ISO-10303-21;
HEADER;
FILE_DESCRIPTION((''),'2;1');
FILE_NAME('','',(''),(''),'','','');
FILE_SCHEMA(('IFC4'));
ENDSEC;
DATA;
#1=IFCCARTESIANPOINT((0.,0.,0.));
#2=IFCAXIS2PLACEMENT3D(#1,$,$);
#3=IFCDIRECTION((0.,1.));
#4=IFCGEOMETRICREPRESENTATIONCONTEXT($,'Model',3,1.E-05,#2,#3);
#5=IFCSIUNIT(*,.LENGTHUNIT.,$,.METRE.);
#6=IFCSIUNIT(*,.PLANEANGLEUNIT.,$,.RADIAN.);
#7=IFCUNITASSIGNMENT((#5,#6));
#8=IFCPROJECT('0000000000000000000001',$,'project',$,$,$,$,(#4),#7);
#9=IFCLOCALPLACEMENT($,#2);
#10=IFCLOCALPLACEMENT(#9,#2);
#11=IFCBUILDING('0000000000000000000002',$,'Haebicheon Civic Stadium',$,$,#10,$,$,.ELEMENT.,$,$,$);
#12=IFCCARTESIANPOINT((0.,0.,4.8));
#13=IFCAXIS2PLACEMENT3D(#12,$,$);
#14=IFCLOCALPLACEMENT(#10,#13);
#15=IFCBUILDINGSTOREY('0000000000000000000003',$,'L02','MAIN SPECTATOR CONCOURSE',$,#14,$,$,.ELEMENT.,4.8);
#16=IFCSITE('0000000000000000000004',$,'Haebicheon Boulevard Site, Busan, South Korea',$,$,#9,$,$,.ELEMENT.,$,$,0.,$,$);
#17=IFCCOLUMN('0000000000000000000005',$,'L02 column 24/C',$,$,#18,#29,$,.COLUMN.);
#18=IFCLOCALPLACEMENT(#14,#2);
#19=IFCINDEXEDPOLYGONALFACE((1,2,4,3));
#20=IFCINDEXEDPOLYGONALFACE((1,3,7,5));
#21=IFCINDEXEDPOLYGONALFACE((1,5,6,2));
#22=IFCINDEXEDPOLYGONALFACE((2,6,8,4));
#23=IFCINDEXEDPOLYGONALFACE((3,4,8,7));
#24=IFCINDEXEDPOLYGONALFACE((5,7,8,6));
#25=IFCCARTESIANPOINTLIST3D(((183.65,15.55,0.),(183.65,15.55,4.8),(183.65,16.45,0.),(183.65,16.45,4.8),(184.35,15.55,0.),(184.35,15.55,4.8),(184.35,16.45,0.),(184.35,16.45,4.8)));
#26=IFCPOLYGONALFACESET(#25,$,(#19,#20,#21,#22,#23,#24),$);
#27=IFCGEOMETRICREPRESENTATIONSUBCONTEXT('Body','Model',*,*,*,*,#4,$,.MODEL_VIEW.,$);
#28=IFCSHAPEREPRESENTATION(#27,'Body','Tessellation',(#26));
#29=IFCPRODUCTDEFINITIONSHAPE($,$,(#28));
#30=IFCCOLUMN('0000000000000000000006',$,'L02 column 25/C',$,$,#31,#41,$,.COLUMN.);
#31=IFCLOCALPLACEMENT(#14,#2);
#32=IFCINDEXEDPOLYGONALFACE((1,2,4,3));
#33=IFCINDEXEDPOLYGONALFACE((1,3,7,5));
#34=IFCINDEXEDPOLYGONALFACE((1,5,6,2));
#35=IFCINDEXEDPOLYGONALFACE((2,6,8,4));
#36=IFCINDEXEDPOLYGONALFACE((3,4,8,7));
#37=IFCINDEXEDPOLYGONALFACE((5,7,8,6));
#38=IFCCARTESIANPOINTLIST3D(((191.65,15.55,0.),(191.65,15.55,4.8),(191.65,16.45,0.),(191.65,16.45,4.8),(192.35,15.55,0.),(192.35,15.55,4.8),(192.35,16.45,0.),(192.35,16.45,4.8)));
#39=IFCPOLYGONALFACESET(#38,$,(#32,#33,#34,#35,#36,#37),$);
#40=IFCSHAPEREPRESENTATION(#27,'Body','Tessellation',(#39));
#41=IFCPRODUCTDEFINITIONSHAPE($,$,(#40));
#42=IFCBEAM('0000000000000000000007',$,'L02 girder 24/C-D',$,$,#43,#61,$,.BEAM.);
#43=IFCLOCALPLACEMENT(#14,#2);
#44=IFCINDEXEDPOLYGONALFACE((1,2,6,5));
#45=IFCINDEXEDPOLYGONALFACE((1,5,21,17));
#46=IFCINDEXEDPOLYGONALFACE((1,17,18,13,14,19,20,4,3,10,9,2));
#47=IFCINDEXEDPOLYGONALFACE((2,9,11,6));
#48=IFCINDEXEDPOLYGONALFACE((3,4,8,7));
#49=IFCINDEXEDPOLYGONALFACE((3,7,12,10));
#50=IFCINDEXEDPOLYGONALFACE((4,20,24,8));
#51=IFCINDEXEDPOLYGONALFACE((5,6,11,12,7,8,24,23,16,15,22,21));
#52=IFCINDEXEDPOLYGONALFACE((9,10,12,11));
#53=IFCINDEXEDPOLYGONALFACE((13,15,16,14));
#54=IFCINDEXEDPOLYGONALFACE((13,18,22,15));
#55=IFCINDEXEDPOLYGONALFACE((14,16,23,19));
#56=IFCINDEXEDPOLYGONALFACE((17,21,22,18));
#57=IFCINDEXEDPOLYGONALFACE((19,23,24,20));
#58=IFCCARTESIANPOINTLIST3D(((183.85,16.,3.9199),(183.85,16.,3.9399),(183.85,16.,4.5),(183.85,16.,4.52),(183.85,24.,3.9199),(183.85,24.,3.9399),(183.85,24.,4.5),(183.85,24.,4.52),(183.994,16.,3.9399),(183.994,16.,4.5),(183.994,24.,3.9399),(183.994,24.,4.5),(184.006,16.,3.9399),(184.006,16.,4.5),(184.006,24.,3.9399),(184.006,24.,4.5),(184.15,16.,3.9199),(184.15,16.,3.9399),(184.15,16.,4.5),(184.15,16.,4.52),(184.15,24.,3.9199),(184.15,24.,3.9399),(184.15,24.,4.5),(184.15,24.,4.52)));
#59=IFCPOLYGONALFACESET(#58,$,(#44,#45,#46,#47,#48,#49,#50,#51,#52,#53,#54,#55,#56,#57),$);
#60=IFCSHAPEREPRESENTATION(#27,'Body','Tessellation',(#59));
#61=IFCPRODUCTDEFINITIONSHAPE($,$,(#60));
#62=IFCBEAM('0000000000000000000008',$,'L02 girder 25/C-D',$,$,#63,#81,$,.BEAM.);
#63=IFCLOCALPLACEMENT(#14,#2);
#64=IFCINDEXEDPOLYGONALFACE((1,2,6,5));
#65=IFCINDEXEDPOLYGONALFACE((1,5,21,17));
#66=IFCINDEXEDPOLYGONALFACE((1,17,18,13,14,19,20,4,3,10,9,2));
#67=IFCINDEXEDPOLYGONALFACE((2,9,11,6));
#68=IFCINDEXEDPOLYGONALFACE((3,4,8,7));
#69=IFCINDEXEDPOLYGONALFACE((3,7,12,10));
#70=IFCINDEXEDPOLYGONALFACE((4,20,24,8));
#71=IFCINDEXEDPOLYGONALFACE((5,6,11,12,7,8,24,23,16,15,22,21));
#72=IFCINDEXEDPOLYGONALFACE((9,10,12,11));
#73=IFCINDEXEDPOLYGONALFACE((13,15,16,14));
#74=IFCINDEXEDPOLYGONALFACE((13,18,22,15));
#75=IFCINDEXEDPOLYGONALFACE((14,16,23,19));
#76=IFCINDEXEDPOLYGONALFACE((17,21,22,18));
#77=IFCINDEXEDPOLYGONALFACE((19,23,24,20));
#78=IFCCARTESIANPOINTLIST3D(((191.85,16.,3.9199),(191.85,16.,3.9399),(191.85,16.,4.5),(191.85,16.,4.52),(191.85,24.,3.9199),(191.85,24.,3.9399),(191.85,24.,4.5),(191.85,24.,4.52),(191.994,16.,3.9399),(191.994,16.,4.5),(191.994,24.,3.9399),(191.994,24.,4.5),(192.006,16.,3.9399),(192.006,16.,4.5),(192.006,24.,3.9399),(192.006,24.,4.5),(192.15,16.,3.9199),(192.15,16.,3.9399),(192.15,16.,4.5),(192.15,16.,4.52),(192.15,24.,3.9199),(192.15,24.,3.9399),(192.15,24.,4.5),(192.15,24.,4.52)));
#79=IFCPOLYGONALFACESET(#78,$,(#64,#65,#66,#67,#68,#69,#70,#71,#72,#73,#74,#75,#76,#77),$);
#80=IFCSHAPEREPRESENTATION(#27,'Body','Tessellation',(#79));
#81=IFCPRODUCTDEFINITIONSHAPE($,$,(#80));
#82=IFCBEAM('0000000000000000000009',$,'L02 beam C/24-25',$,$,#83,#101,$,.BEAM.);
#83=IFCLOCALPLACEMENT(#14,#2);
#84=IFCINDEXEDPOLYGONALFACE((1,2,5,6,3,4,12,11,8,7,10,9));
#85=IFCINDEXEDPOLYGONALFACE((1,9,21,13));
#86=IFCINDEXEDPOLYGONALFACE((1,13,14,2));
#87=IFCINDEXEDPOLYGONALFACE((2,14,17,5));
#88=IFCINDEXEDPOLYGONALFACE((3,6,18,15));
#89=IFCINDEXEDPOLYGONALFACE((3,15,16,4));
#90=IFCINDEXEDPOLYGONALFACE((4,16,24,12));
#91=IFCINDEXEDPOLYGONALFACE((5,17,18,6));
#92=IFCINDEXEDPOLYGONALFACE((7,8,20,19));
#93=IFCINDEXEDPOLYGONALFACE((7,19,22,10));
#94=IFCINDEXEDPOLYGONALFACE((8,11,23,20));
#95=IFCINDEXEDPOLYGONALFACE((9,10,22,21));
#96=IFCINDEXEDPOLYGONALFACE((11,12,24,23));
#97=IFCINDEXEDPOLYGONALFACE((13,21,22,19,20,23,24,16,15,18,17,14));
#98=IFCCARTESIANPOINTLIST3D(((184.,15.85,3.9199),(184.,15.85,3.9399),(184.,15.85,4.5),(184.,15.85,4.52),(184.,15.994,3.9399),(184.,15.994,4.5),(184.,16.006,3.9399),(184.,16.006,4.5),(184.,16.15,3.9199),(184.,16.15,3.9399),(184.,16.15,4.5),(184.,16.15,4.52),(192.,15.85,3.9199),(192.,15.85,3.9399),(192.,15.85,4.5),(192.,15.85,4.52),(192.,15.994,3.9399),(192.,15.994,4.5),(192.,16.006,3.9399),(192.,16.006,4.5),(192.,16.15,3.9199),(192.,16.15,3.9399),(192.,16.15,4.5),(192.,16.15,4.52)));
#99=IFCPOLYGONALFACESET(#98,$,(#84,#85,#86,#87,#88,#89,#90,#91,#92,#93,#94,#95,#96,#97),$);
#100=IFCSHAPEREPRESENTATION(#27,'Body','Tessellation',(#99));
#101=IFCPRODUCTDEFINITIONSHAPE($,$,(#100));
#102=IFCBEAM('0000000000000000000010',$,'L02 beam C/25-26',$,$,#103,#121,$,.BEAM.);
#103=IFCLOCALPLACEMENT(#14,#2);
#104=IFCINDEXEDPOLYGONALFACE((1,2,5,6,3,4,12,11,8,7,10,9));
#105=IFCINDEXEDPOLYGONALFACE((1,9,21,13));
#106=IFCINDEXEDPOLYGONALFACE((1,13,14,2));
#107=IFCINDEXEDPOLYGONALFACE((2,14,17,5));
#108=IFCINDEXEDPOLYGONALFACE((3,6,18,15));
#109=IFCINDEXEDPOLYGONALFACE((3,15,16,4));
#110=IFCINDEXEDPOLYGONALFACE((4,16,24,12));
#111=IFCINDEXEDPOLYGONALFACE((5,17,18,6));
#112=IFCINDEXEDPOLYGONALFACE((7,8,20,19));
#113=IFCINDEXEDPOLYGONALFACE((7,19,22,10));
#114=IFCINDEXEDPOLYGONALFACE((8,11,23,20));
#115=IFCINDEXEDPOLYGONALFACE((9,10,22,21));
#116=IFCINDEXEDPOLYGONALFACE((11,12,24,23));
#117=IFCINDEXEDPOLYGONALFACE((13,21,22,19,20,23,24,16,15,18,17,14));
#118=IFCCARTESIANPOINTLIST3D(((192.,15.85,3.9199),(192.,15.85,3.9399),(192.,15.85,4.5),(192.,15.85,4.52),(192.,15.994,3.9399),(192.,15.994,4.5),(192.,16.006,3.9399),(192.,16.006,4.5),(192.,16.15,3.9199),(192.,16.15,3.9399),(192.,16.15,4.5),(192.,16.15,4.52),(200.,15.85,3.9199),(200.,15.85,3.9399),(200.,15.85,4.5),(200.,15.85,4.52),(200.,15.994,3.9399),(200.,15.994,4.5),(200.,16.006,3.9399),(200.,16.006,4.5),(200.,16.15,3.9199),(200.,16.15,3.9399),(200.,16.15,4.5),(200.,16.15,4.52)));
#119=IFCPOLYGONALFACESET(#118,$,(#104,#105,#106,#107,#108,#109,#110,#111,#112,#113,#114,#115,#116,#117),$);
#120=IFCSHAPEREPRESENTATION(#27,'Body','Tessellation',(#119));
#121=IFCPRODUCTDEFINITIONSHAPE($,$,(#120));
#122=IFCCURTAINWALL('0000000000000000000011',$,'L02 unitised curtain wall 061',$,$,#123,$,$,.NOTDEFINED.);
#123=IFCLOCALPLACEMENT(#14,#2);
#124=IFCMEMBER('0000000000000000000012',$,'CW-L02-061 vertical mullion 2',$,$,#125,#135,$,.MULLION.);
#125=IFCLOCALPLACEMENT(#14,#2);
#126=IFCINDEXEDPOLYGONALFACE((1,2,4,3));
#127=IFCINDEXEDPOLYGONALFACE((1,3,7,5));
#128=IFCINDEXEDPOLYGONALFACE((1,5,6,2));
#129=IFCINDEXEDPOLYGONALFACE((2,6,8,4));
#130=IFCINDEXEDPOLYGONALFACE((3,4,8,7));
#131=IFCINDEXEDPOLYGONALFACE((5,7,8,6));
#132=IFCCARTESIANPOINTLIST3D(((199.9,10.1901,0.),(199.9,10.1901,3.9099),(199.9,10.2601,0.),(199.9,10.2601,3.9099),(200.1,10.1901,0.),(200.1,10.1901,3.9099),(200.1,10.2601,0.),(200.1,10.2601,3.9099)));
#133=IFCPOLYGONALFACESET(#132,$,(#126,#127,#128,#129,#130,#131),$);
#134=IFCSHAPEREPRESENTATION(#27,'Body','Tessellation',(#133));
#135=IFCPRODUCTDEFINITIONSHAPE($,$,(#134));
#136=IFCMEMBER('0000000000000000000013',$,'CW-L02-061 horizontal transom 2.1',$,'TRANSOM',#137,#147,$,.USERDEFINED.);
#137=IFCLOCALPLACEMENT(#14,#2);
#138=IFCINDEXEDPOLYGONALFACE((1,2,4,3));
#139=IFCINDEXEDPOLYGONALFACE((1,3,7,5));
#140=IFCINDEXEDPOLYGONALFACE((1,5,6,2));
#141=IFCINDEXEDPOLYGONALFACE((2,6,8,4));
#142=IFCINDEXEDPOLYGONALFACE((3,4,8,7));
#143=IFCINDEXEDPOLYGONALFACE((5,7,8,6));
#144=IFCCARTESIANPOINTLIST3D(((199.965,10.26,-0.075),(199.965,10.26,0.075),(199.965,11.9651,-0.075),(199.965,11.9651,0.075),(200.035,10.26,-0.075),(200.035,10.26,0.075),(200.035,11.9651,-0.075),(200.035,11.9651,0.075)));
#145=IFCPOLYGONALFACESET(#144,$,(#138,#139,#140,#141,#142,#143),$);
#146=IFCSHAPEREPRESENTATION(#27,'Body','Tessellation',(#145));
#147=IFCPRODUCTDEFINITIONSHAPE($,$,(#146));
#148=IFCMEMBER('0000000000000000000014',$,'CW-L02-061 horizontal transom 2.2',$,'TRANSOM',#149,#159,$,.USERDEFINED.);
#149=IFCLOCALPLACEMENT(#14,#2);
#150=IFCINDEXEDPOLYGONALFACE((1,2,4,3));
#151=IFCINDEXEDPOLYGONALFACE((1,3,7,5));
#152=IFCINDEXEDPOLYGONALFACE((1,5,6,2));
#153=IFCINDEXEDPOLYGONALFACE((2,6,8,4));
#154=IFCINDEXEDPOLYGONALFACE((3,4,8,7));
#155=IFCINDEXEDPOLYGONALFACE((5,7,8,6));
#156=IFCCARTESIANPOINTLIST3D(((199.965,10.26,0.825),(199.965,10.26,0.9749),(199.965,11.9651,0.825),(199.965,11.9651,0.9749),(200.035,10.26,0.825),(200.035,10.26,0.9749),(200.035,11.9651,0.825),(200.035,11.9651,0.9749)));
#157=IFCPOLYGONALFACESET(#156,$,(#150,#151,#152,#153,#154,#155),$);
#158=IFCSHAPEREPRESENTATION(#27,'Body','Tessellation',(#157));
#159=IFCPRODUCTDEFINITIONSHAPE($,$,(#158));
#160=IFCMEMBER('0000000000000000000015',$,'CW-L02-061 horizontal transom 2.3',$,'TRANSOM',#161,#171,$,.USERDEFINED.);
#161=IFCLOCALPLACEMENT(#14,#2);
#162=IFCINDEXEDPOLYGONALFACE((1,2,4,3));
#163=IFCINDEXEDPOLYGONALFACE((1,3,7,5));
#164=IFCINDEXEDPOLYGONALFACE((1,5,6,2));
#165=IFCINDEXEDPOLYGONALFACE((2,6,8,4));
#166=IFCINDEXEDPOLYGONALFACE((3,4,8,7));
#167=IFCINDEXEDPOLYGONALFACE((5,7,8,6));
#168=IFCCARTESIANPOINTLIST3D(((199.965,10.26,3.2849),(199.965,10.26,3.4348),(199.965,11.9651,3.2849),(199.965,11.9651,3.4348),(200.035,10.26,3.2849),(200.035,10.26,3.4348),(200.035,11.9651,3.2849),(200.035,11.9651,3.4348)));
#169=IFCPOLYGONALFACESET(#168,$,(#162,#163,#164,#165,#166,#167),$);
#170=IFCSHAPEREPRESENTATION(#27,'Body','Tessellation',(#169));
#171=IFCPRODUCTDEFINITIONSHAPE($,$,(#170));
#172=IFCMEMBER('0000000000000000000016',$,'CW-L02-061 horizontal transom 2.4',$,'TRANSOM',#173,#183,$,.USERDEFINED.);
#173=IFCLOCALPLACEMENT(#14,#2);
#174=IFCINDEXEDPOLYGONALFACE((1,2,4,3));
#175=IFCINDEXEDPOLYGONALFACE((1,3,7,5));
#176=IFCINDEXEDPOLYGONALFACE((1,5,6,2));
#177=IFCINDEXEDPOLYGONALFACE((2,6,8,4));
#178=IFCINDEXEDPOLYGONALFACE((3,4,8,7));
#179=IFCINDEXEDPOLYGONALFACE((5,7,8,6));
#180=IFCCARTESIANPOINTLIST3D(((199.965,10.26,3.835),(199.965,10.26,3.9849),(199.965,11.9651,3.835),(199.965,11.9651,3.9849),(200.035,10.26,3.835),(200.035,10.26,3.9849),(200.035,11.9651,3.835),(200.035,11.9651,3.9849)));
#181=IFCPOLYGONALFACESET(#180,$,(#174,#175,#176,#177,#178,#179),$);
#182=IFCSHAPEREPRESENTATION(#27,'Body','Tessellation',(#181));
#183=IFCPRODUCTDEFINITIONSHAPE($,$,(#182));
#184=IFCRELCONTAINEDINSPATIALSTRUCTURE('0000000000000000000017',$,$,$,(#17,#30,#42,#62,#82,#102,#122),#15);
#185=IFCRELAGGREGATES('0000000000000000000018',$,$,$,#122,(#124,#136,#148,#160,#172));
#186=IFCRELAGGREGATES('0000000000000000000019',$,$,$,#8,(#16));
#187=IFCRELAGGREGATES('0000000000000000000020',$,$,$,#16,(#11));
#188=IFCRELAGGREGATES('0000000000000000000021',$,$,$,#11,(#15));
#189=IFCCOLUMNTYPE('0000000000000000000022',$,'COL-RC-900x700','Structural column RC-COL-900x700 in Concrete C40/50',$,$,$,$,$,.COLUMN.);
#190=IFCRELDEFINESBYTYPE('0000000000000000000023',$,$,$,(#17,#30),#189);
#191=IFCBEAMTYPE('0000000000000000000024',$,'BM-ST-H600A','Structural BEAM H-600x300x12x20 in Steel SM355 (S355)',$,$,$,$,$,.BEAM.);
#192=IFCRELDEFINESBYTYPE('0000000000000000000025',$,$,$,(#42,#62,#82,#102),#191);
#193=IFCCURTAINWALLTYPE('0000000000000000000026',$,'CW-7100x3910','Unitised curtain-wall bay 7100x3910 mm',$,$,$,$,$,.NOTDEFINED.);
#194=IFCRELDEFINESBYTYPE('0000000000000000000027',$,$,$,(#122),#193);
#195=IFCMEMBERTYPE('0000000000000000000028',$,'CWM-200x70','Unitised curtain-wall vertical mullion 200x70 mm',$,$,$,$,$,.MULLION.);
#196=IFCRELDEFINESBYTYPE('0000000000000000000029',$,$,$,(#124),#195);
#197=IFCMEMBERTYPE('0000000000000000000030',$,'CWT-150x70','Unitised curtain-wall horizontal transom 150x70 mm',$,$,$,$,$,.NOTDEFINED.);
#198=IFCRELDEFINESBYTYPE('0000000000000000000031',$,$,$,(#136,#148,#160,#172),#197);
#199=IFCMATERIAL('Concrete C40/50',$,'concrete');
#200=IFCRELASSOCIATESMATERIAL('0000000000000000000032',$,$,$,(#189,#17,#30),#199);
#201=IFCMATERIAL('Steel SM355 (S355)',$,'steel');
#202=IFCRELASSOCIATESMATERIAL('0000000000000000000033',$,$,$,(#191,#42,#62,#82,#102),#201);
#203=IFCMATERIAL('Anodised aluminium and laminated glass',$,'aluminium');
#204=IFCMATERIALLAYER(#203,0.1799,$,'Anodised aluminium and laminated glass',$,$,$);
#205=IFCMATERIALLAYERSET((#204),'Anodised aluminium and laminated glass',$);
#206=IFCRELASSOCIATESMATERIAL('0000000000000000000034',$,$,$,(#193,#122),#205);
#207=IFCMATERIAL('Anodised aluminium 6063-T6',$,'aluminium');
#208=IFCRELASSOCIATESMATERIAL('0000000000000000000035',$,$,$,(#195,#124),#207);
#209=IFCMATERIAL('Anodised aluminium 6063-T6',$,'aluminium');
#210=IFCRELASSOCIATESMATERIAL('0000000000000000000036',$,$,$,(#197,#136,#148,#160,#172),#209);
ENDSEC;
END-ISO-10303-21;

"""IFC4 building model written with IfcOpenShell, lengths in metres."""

from ifc_helpers import new_model, si_unit, direction, frame, origin, origin_2d, place, context, subcontext, project, spatial, rectangle, i_section, extrude, material, layer, layer_set, material_profile, profile_set, type_object, element, aggregate, save


model = new_model("IFC4")

# Units and contexts
model_context = context("Model", 3, precision=1e-05, world=origin(), true_north=direction((0.0, 1.0)))
body_context = subcontext(model_context, "Body", "Model", "MODEL_VIEW")
ifc_project = project(units=[si_unit("LENGTHUNIT", "METRE"), si_unit("PLANEANGLEUNIT", "RADIAN")], contexts=[model_context])

# Site, building, storey
site_placement = place(None, origin())
site = spatial("IfcSite", under=ifc_project, at=site_placement, Name="Haebicheon Boulevard Site, Busan, South Korea", CompositionType="ELEMENT", RefElevation=0.0)
building_placement = place(site_placement, origin())
building = spatial("IfcBuilding", under=site, at=building_placement, Name="Haebicheon Civic Stadium", CompositionType="ELEMENT")
storey_placement = place(building_placement, frame((0.0, 0.0, 4.8)))
storey = spatial("IfcBuildingStorey", under=building, at=storey_placement, Name="L02", Description="MAIN SPECTATOR CONCOURSE", CompositionType="ELEMENT", Elevation=4.8)

# Columns
ifc_material_1 = material(Name="Concrete C40/50", Category="concrete")
ifc_material_profile_1 = material_profile(ifc_material_1, rectangle(XDim=0.7, YDim=0.8999, at=origin_2d()), Name="RC-COL-900x700")
ifc_profile_set_1 = profile_set([ifc_material_profile_1], Name="Concrete C40/50")
column_type = type_object("IfcColumnType", Name="COL-RC-900x700", Description="Structural column RC-COL-900x700 in Concrete C40/50", PredefinedType="COLUMN", material=ifc_profile_set_1)
for number, where, z_axis, x_axis, name in (
    (1, (184.0, 16.0, 0.0), (0.0, 0.0, 1.0), (1.0, 0.0, 0.0), "L02 column 24/C"),
    (2, (192.0, 16.0, 0.0), (0.0, 0.0, 1.0), (1.0, 0.0, 0.0), "L02 column 25/C"),
):
    element("IfcColumn", number, at=place(storey_placement, frame(where, z_axis=z_axis, x_axis=x_axis)), inside=storey, type_object=column_type, material=ifc_profile_set_1, Name=name, PredefinedType="COLUMN", context=body_context, shape_type="SweptSolid", body=[
        extrude(rectangle(XDim=0.7, YDim=0.8999, at=origin_2d()), origin(), (0.0, 0.0, 1.0), 4.8),
    ])

# Beams
ifc_material_2 = material(Name="Steel SM355 (S355)", Category="steel")
ifc_material_profile_2 = material_profile(ifc_material_2, i_section(OverallWidth=0.3, OverallDepth=0.6001, WebThickness=0.012, FlangeThickness=0.02, at=origin_2d()), Name="H-600x300x12x20")
ifc_profile_set_2 = profile_set([ifc_material_profile_2], Name="Steel SM355 (S355)")
beam_type_1 = type_object("IfcBeamType", Name="BM-ST-H600A", Description="Structural BEAM H-600x300x12x20 in Steel SM355 (S355)", PredefinedType="BEAM", material=ifc_profile_set_2)
for number, where, z_axis, x_axis, name in (
    (3, (184.0, 16.0, 4.22), (0.0, 1.0, 0.0), (-1.0, 0.0, 0.0), "L02 girder 24/C-D"),
    (4, (192.0, 16.0, 4.22), (0.0, 1.0, 0.0), (-1.0, 0.0, 0.0), "L02 girder 25/C-D"),
    (5, (184.0, 16.0, 4.22), (1.0, 0.0, 0.0), (0.0, 1.0, 0.0), "L02 beam C/24-25"),
    (6, (192.0, 16.0, 4.22), (1.0, 0.0, 0.0), (0.0, 1.0, 0.0), "L02 beam C/25-26"),
):
    element("IfcBeam", number, at=place(storey_placement, frame(where, z_axis=z_axis, x_axis=x_axis)), inside=storey, type_object=beam_type_1, material=ifc_profile_set_2, Name=name, PredefinedType="BEAM", context=body_context, shape_type="SweptSolid", body=[
        extrude(i_section(OverallWidth=0.3, OverallDepth=0.6001, WebThickness=0.012, FlangeThickness=0.02, at=origin_2d()), origin(), (0.0, 0.0, 1.0), 8.0),
    ])

# Curtain wall, members
ifc_material_3 = material(Name="Anodised aluminium and laminated glass", Category="aluminium")
ifc_layer_1 = layer(ifc_material_3, 0.1799, Name="Anodised aluminium and laminated glass")
ifc_layer_set_1 = layer_set([ifc_layer_1], Name="Anodised aluminium and laminated glass")
curtain_wall_type = type_object("IfcCurtainWallType", Name="CW-7100x3910", Description="Unitised curtain-wall bay 7100x3910 mm", PredefinedType="NOTDEFINED", material=ifc_layer_set_1)
curtain_wall_placement = place(storey_placement, origin())
curtain_wall = element("IfcCurtainWall", 7, at=curtain_wall_placement, inside=storey, type_object=curtain_wall_type, material=ifc_layer_set_1, Name="L02 unitised curtain wall 061", PredefinedType="NOTDEFINED")
ifc_material_4 = material(Name="Anodised aluminium 6063-T6", Category="aluminium")
ifc_material_profile_3 = material_profile(ifc_material_4, rectangle(XDim=0.0701, YDim=0.2, at=origin_2d()), Name="ALU-MULL-70x200")
ifc_profile_set_3 = profile_set([ifc_material_profile_3], Name="Anodised aluminium 6063-T6")
member_type_1 = type_object("IfcMemberType", Name="CWM-200x70", Description="Unitised curtain-wall vertical mullion 200x70 mm", PredefinedType="MULLION", material=ifc_profile_set_3)
member_1_placement = place(storey_placement, frame((200.0, 10.2251, 0.0), z_axis=(0.0, 0.0, 1.0), x_axis=(0.0, 1.0, 0.0)))
member_1 = element("IfcMember", 8, at=member_1_placement, type_object=member_type_1, material=ifc_profile_set_3, Name="CW-L02-061 vertical mullion 2", PredefinedType="MULLION", context=body_context, shape_type="SweptSolid", body=[
    extrude(rectangle(XDim=0.0701, YDim=0.2, at=origin_2d()), origin(), (0.0, 0.0, 1.0), 3.9099),
])
ifc_material_5 = material(Name="Anodised aluminium 6063-T6", Category="aluminium")
ifc_material_profile_4 = material_profile(ifc_material_5, rectangle(XDim=0.0701, YDim=0.1499, at=origin_2d()), Name="ALU-TRAN-70x150")
ifc_profile_set_4 = profile_set([ifc_material_profile_4], Name="Anodised aluminium 6063-T6")
member_type_2 = type_object("IfcMemberType", Name="CWT-150x70", Description="Unitised curtain-wall horizontal transom 150x70 mm", PredefinedType="NOTDEFINED", material=ifc_profile_set_4)
member_2_placement = place(storey_placement, frame((200.0, 10.26, 0.0), z_axis=(0.0, 1.0, 0.0), x_axis=(-1.0, 0.0, 0.0)))
member_2 = element("IfcMember", 9, at=member_2_placement, type_object=member_type_2, material=ifc_profile_set_4, Name="CW-L02-061 horizontal transom 2.1", ObjectType="TRANSOM", PredefinedType="USERDEFINED", context=body_context, shape_type="SweptSolid", body=[
    extrude(rectangle(XDim=0.0701, YDim=0.1499, at=origin_2d()), origin(), (0.0, 0.0, 1.0), 1.7051),
])
member_3_placement = place(storey_placement, frame((200.0, 10.26, 0.8999), z_axis=(0.0, 1.0, 0.0), x_axis=(-1.0, 0.0, 0.0)))
member_3 = element("IfcMember", 10, at=member_3_placement, type_object=member_type_2, material=ifc_profile_set_4, Name="CW-L02-061 horizontal transom 2.2", ObjectType="TRANSOM", PredefinedType="USERDEFINED", context=body_context, shape_type="SweptSolid", body=[
    extrude(rectangle(XDim=0.0701, YDim=0.1499, at=origin_2d()), origin(), (0.0, 0.0, 1.0), 1.7051),
])
member_4_placement = place(storey_placement, frame((200.0, 10.26, 3.3599), z_axis=(0.0, 1.0, 0.0), x_axis=(-1.0, 0.0, 0.0)))
member_4 = element("IfcMember", 11, at=member_4_placement, type_object=member_type_2, material=ifc_profile_set_4, Name="CW-L02-061 horizontal transom 2.3", ObjectType="TRANSOM", PredefinedType="USERDEFINED", context=body_context, shape_type="SweptSolid", body=[
    extrude(rectangle(XDim=0.0701, YDim=0.1499, at=origin_2d()), origin(), (0.0, 0.0, 1.0), 1.7051),
])
member_5_placement = place(storey_placement, frame((200.0, 10.26, 3.9099), z_axis=(0.0, 1.0, 0.0), x_axis=(-1.0, 0.0, 0.0)))
member_5 = element("IfcMember", 12, at=member_5_placement, type_object=member_type_2, material=ifc_profile_set_4, Name="CW-L02-061 horizontal transom 2.4", ObjectType="TRANSOM", PredefinedType="USERDEFINED", context=body_context, shape_type="SweptSolid", body=[
    extrude(rectangle(XDim=0.0701, YDim=0.1499, at=origin_2d()), origin(), (0.0, 0.0, 1.0), 1.7051),
])

aggregate(curtain_wall, [member_1, member_2, member_3, member_4, member_5])

save(model, "model.ifc")
